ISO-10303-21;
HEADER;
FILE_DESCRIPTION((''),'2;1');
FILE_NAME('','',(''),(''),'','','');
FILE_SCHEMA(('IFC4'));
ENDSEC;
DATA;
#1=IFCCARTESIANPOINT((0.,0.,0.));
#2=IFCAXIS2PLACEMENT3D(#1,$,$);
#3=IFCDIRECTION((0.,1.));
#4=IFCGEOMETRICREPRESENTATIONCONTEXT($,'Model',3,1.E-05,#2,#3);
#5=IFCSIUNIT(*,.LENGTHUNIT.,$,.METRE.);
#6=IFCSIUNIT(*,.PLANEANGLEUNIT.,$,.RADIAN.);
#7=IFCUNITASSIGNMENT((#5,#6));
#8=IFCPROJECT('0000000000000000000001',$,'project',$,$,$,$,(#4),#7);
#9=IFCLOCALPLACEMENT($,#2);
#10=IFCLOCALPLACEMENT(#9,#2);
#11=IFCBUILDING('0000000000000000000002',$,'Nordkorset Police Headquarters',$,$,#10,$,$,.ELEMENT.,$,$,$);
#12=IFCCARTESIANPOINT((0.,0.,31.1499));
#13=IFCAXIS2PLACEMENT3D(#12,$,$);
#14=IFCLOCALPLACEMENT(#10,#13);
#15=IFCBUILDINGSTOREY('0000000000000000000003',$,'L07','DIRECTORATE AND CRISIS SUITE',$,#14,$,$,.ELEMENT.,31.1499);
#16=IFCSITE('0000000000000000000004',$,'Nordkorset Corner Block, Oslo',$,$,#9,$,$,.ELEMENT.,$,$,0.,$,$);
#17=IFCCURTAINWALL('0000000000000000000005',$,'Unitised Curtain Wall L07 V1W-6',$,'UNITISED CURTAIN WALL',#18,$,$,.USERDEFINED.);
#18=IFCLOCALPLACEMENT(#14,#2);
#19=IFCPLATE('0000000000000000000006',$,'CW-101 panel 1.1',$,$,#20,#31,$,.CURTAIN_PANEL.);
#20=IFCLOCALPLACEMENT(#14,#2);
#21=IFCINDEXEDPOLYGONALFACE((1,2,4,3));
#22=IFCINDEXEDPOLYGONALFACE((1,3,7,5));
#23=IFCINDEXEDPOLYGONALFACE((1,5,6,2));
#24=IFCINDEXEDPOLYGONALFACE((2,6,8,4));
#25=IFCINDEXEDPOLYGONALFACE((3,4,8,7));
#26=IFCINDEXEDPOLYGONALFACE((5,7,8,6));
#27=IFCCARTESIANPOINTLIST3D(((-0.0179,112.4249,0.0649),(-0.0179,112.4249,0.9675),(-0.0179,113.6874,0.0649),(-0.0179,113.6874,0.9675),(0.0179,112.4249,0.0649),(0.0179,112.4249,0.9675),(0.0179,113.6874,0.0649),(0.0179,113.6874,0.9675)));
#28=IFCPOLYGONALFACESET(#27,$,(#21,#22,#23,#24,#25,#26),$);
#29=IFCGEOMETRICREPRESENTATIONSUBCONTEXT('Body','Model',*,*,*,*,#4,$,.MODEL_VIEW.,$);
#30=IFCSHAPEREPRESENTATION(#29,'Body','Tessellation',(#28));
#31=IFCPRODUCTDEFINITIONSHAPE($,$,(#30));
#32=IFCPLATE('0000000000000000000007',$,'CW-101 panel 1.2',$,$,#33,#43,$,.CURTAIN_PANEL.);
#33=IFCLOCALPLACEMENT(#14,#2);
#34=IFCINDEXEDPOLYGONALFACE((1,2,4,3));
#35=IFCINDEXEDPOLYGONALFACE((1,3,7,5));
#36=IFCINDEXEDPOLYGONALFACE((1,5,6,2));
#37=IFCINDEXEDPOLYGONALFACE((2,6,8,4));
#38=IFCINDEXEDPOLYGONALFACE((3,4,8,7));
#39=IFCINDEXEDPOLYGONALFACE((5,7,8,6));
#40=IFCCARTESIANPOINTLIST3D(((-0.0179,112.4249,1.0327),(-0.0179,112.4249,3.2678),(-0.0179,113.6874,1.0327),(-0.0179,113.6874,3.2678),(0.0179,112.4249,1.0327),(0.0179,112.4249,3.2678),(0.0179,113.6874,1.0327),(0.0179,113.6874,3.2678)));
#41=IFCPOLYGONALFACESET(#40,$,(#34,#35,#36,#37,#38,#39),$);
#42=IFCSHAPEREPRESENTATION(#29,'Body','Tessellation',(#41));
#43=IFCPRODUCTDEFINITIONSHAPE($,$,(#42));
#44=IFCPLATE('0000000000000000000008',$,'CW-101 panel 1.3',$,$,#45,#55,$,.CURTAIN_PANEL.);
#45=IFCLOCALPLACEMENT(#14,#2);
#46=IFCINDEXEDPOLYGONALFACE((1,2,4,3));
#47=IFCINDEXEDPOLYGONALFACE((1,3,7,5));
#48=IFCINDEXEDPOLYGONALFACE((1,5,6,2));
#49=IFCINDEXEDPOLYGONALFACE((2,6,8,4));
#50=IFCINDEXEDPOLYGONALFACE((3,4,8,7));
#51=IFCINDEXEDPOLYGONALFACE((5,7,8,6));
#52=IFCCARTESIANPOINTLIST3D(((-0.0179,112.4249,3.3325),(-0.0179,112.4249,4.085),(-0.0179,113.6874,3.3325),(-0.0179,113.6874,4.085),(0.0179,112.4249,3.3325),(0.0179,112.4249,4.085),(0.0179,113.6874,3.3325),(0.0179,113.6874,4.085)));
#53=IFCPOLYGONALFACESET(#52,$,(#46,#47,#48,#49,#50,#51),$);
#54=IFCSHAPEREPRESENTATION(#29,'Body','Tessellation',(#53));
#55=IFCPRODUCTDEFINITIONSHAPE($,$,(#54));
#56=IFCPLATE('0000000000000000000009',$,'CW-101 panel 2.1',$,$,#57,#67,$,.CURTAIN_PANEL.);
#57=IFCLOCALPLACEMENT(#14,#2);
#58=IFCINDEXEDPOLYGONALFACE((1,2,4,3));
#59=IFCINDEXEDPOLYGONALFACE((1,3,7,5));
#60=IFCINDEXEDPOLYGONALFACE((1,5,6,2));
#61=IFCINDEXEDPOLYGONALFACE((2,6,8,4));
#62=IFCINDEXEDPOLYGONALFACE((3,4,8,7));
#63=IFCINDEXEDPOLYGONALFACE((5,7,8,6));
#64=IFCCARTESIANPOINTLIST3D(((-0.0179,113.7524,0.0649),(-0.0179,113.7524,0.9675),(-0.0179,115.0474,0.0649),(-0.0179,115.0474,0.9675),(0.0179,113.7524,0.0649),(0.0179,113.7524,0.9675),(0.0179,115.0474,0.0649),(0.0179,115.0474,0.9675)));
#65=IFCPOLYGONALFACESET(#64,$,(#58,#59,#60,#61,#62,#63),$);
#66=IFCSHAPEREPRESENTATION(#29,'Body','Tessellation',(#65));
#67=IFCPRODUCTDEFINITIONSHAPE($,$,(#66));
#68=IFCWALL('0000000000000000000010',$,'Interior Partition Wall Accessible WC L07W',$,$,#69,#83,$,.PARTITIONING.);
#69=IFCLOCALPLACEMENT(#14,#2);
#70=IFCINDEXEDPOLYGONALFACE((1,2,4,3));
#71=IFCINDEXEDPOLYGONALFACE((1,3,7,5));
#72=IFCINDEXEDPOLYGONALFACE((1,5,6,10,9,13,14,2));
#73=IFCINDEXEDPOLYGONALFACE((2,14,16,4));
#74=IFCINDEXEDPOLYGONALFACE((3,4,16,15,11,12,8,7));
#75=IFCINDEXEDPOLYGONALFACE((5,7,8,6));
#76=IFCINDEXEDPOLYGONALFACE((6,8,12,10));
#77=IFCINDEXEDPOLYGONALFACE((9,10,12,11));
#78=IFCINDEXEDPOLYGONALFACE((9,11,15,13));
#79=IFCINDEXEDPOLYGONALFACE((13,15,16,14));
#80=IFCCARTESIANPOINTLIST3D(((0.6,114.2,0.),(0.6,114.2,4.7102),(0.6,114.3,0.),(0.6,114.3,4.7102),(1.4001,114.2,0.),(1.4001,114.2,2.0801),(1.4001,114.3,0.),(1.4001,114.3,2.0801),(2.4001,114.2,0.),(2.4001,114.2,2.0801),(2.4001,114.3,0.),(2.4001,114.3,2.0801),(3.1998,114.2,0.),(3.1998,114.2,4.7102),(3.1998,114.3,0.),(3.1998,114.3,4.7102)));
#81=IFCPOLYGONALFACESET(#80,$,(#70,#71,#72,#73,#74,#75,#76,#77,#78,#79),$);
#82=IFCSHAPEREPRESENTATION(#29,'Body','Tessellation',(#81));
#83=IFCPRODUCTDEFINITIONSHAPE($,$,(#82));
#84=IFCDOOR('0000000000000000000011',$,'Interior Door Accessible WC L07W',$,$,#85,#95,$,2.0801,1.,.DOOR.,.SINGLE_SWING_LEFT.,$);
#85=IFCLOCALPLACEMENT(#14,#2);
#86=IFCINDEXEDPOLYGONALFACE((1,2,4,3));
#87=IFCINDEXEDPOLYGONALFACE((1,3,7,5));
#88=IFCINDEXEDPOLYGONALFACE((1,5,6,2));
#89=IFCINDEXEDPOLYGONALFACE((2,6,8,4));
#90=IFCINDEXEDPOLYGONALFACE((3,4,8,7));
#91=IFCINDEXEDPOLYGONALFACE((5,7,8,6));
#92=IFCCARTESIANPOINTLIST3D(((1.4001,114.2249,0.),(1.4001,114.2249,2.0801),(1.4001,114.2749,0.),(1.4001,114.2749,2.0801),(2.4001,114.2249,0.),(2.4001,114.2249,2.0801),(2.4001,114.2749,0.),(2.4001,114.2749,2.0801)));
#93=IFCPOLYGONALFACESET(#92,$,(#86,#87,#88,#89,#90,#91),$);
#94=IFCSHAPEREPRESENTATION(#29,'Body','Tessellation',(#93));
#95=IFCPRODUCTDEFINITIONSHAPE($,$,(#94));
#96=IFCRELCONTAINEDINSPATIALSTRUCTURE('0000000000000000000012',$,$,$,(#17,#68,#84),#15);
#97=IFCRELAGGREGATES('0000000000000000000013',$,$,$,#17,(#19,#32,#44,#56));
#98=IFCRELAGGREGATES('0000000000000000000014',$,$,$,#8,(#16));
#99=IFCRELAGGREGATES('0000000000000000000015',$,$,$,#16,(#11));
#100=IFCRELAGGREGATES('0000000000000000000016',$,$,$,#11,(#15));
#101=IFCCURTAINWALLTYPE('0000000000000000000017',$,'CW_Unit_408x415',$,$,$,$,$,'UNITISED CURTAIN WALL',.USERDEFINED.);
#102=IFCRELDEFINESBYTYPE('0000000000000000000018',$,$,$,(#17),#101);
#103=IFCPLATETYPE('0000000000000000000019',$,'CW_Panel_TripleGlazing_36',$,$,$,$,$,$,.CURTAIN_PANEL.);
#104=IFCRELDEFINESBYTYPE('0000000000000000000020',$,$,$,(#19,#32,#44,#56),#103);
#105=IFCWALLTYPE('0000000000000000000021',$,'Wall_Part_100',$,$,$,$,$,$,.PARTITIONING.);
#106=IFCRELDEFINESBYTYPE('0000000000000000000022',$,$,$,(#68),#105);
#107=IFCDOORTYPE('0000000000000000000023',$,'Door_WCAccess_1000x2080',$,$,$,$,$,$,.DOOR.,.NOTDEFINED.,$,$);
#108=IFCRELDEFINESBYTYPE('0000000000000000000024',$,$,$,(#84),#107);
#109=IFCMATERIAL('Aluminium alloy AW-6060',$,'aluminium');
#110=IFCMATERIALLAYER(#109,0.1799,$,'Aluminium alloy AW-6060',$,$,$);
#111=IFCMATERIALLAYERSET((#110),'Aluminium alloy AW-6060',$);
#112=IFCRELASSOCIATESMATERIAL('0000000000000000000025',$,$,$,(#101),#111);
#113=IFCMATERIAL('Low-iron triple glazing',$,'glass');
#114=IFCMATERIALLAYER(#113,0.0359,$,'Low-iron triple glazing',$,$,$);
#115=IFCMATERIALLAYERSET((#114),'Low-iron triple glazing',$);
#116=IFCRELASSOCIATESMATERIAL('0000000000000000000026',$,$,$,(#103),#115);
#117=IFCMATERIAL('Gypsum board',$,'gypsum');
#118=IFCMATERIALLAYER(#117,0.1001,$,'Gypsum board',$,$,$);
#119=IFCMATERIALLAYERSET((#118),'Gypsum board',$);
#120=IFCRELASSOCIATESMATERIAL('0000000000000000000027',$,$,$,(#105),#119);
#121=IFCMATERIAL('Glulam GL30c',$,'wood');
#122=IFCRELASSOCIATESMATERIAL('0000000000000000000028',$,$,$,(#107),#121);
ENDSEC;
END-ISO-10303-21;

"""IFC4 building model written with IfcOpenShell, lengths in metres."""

from ifc_helpers import new_model, si_unit, direction, frame, frame_2d, origin, origin_2d, place, context, subcontext, project, spatial, rectangle, extrude, material, layer, layer_set, type_object, element, fill, aggregate, save


model = new_model("IFC4")

# Units and contexts
model_context = context("Model", 3, precision=1e-05, world=origin(), true_north=direction((0.0, 1.0)))
body_context = subcontext(model_context, "Body", "Model", "MODEL_VIEW")
ifc_project = project(units=[si_unit("LENGTHUNIT", "METRE"), si_unit("PLANEANGLEUNIT", "RADIAN")], contexts=[model_context])

# Site, building, storey
site_placement = place(None, origin())
site = spatial("IfcSite", under=ifc_project, at=site_placement, Name="Nordkorset Corner Block, Oslo", CompositionType="ELEMENT", RefElevation=0.0)
building_placement = place(site_placement, origin())
building = spatial("IfcBuilding", under=site, at=building_placement, Name="Nordkorset Police Headquarters", CompositionType="ELEMENT")
storey_placement = place(building_placement, frame((0.0, 0.0, 31.1499)))
storey = spatial("IfcBuildingStorey", under=building, at=storey_placement, Name="L07", Description="DIRECTORATE AND CRISIS SUITE", CompositionType="ELEMENT", Elevation=31.1499)

# Shared definitions
ifc_material_1 = material(Name="Aluminium alloy AW-6060", Category="aluminium")
ifc_layer_1 = layer(ifc_material_1, 0.1799, Name="Aluminium alloy AW-6060")
ifc_layer_set_1 = layer_set([ifc_layer_1], Name="Aluminium alloy AW-6060")
curtain_wall_type = type_object("IfcCurtainWallType", Name="CW_Unit_408x415", ElementType="UNITISED CURTAIN WALL", PredefinedType="USERDEFINED", material=ifc_layer_set_1)

# Curtain wall
curtain_wall_1_placement = place(storey_placement, origin())
curtain_wall_1 = element("IfcCurtainWall", 1, at=curtain_wall_1_placement, inside=storey, type_object=curtain_wall_type, Name="Unitised Curtain Wall L07 V1W-6", ObjectType="UNITISED CURTAIN WALL", PredefinedType="USERDEFINED")

# Plates
ifc_material_2 = material(Name="Low-iron triple glazing", Category="glass")
ifc_layer_2 = layer(ifc_material_2, 0.0359, Name="Low-iron triple glazing")
ifc_layer_set_2 = layer_set([ifc_layer_2], Name="Low-iron triple glazing")
plate_type = type_object("IfcPlateType", Name="CW_Panel_TripleGlazing_36", PredefinedType="CURTAIN_PANEL", material=ifc_layer_set_2)
plate_1_placement = place(storey_placement, frame((0.0, 113.0562, 0.0649), z_axis=(0.0, 0.0, 1.0), x_axis=(0.0, 1.0, 0.0)))
plate_1 = element("IfcPlate", 2, at=plate_1_placement, type_object=plate_type, Name="CW-101 panel 1.1", PredefinedType="CURTAIN_PANEL", context=body_context, shape_type="SweptSolid", body=[
    extrude(rectangle(XDim=1.2625, YDim=0.0359, at=origin_2d()), origin(), (0.0, 0.0, 1.0), 0.9026),
])
plate_2_placement = place(storey_placement, frame((0.0, 113.0562, 1.0327), z_axis=(0.0, 0.0, 1.0), x_axis=(0.0, 1.0, 0.0)))
plate_2 = element("IfcPlate", 3, at=plate_2_placement, type_object=plate_type, Name="CW-101 panel 1.2", PredefinedType="CURTAIN_PANEL", context=body_context, shape_type="SweptSolid", body=[
    extrude(rectangle(XDim=1.2625, YDim=0.0359, at=origin_2d()), origin(), (0.0, 0.0, 1.0), 2.2351),
])
plate_3_placement = place(storey_placement, frame((0.0, 113.0562, 3.3325), z_axis=(0.0, 0.0, 1.0), x_axis=(0.0, 1.0, 0.0)))
plate_3 = element("IfcPlate", 4, at=plate_3_placement, type_object=plate_type, Name="CW-101 panel 1.3", PredefinedType="CURTAIN_PANEL", context=body_context, shape_type="SweptSolid", body=[
    extrude(rectangle(XDim=1.2625, YDim=0.0359, at=origin_2d()), origin(), (0.0, 0.0, 1.0), 0.7524),
])
plate_4_placement = place(storey_placement, frame((0.0, 114.3999, 0.0649), z_axis=(0.0, 0.0, 1.0), x_axis=(0.0, 1.0, 0.0)))
plate_4 = element("IfcPlate", 5, at=plate_4_placement, type_object=plate_type, Name="CW-101 panel 2.1", PredefinedType="CURTAIN_PANEL", context=body_context, shape_type="SweptSolid", body=[
    extrude(rectangle(XDim=1.2949, YDim=0.0359, at=origin_2d()), origin(), (0.0, 0.0, 1.0), 0.9026),
])
aggregate(curtain_wall_1, [plate_1, plate_2, plate_3, plate_4])

# Wall, opening, door
ifc_material_3 = material(Name="Gypsum board", Category="gypsum")
ifc_layer_3 = layer(ifc_material_3, 0.1001, Name="Gypsum board")
ifc_layer_set_3 = layer_set([ifc_layer_3], Name="Gypsum board")
wall_type = type_object("IfcWallType", Name="Wall_Part_100", PredefinedType="PARTITIONING", material=ifc_layer_set_3)
wall_placement = place(storey_placement, frame((0.6001, 114.25, 0.0), z_axis=(0.0, 0.0, 1.0), x_axis=(1.0, 0.0, 0.0)))
wall = element("IfcWall", 6, at=wall_placement, inside=storey, type_object=wall_type, Name="Interior Partition Wall Accessible WC L07W", PredefinedType="PARTITIONING", context=body_context, shape_type="SweptSolid", body=[
    extrude(rectangle(XDim=2.5999, YDim=0.1001, at=frame_2d((1.2998, 0.0))), origin(), (0.0, 0.0, 1.0), 4.7102),
])
opening_placement = place(wall_placement, frame((0.8, 0.0, 0.0)))
opening = element("IfcOpeningElement", 7, at=opening_placement, cuts=wall, PredefinedType="OPENING", context=body_context, shape_type="SweptSolid", body=[
    extrude(rectangle(XDim=1.0, YDim=2.0801, at=frame_2d((0.5, 1.04))), frame((0.0, 0.0601, 0.0), z_axis=(0.0, -1.0, 0.0), x_axis=(1.0, 0.0, 0.0)), (0.0, 0.0, 1.0), 0.1201),
])
ifc_material_4 = material(Name="Glulam GL30c", Category="wood")
door_type = type_object("IfcDoorType", Name="Door_WCAccess_1000x2080", OperationType="NOTDEFINED", PredefinedType="DOOR", material=ifc_material_4)
door_placement = place(opening_placement, origin())
door = element("IfcDoor", 8, at=door_placement, inside=storey, type_object=door_type, Name="Interior Door Accessible WC L07W", OperationType="SINGLE_SWING_LEFT", OverallHeight=2.0801, OverallWidth=1.0, PredefinedType="DOOR", context=body_context, shape_type="SweptSolid", body=[
    extrude(rectangle(XDim=1.0, YDim=2.0801, at=frame_2d((0.5, 1.04))), frame((0.0, 0.0249, 0.0), z_axis=(0.0, -1.0, 0.0), x_axis=(1.0, 0.0, 0.0)), (0.0, 0.0, 1.0), 0.05),
])
fill(opening, door)

save(model, "model.ifc")
